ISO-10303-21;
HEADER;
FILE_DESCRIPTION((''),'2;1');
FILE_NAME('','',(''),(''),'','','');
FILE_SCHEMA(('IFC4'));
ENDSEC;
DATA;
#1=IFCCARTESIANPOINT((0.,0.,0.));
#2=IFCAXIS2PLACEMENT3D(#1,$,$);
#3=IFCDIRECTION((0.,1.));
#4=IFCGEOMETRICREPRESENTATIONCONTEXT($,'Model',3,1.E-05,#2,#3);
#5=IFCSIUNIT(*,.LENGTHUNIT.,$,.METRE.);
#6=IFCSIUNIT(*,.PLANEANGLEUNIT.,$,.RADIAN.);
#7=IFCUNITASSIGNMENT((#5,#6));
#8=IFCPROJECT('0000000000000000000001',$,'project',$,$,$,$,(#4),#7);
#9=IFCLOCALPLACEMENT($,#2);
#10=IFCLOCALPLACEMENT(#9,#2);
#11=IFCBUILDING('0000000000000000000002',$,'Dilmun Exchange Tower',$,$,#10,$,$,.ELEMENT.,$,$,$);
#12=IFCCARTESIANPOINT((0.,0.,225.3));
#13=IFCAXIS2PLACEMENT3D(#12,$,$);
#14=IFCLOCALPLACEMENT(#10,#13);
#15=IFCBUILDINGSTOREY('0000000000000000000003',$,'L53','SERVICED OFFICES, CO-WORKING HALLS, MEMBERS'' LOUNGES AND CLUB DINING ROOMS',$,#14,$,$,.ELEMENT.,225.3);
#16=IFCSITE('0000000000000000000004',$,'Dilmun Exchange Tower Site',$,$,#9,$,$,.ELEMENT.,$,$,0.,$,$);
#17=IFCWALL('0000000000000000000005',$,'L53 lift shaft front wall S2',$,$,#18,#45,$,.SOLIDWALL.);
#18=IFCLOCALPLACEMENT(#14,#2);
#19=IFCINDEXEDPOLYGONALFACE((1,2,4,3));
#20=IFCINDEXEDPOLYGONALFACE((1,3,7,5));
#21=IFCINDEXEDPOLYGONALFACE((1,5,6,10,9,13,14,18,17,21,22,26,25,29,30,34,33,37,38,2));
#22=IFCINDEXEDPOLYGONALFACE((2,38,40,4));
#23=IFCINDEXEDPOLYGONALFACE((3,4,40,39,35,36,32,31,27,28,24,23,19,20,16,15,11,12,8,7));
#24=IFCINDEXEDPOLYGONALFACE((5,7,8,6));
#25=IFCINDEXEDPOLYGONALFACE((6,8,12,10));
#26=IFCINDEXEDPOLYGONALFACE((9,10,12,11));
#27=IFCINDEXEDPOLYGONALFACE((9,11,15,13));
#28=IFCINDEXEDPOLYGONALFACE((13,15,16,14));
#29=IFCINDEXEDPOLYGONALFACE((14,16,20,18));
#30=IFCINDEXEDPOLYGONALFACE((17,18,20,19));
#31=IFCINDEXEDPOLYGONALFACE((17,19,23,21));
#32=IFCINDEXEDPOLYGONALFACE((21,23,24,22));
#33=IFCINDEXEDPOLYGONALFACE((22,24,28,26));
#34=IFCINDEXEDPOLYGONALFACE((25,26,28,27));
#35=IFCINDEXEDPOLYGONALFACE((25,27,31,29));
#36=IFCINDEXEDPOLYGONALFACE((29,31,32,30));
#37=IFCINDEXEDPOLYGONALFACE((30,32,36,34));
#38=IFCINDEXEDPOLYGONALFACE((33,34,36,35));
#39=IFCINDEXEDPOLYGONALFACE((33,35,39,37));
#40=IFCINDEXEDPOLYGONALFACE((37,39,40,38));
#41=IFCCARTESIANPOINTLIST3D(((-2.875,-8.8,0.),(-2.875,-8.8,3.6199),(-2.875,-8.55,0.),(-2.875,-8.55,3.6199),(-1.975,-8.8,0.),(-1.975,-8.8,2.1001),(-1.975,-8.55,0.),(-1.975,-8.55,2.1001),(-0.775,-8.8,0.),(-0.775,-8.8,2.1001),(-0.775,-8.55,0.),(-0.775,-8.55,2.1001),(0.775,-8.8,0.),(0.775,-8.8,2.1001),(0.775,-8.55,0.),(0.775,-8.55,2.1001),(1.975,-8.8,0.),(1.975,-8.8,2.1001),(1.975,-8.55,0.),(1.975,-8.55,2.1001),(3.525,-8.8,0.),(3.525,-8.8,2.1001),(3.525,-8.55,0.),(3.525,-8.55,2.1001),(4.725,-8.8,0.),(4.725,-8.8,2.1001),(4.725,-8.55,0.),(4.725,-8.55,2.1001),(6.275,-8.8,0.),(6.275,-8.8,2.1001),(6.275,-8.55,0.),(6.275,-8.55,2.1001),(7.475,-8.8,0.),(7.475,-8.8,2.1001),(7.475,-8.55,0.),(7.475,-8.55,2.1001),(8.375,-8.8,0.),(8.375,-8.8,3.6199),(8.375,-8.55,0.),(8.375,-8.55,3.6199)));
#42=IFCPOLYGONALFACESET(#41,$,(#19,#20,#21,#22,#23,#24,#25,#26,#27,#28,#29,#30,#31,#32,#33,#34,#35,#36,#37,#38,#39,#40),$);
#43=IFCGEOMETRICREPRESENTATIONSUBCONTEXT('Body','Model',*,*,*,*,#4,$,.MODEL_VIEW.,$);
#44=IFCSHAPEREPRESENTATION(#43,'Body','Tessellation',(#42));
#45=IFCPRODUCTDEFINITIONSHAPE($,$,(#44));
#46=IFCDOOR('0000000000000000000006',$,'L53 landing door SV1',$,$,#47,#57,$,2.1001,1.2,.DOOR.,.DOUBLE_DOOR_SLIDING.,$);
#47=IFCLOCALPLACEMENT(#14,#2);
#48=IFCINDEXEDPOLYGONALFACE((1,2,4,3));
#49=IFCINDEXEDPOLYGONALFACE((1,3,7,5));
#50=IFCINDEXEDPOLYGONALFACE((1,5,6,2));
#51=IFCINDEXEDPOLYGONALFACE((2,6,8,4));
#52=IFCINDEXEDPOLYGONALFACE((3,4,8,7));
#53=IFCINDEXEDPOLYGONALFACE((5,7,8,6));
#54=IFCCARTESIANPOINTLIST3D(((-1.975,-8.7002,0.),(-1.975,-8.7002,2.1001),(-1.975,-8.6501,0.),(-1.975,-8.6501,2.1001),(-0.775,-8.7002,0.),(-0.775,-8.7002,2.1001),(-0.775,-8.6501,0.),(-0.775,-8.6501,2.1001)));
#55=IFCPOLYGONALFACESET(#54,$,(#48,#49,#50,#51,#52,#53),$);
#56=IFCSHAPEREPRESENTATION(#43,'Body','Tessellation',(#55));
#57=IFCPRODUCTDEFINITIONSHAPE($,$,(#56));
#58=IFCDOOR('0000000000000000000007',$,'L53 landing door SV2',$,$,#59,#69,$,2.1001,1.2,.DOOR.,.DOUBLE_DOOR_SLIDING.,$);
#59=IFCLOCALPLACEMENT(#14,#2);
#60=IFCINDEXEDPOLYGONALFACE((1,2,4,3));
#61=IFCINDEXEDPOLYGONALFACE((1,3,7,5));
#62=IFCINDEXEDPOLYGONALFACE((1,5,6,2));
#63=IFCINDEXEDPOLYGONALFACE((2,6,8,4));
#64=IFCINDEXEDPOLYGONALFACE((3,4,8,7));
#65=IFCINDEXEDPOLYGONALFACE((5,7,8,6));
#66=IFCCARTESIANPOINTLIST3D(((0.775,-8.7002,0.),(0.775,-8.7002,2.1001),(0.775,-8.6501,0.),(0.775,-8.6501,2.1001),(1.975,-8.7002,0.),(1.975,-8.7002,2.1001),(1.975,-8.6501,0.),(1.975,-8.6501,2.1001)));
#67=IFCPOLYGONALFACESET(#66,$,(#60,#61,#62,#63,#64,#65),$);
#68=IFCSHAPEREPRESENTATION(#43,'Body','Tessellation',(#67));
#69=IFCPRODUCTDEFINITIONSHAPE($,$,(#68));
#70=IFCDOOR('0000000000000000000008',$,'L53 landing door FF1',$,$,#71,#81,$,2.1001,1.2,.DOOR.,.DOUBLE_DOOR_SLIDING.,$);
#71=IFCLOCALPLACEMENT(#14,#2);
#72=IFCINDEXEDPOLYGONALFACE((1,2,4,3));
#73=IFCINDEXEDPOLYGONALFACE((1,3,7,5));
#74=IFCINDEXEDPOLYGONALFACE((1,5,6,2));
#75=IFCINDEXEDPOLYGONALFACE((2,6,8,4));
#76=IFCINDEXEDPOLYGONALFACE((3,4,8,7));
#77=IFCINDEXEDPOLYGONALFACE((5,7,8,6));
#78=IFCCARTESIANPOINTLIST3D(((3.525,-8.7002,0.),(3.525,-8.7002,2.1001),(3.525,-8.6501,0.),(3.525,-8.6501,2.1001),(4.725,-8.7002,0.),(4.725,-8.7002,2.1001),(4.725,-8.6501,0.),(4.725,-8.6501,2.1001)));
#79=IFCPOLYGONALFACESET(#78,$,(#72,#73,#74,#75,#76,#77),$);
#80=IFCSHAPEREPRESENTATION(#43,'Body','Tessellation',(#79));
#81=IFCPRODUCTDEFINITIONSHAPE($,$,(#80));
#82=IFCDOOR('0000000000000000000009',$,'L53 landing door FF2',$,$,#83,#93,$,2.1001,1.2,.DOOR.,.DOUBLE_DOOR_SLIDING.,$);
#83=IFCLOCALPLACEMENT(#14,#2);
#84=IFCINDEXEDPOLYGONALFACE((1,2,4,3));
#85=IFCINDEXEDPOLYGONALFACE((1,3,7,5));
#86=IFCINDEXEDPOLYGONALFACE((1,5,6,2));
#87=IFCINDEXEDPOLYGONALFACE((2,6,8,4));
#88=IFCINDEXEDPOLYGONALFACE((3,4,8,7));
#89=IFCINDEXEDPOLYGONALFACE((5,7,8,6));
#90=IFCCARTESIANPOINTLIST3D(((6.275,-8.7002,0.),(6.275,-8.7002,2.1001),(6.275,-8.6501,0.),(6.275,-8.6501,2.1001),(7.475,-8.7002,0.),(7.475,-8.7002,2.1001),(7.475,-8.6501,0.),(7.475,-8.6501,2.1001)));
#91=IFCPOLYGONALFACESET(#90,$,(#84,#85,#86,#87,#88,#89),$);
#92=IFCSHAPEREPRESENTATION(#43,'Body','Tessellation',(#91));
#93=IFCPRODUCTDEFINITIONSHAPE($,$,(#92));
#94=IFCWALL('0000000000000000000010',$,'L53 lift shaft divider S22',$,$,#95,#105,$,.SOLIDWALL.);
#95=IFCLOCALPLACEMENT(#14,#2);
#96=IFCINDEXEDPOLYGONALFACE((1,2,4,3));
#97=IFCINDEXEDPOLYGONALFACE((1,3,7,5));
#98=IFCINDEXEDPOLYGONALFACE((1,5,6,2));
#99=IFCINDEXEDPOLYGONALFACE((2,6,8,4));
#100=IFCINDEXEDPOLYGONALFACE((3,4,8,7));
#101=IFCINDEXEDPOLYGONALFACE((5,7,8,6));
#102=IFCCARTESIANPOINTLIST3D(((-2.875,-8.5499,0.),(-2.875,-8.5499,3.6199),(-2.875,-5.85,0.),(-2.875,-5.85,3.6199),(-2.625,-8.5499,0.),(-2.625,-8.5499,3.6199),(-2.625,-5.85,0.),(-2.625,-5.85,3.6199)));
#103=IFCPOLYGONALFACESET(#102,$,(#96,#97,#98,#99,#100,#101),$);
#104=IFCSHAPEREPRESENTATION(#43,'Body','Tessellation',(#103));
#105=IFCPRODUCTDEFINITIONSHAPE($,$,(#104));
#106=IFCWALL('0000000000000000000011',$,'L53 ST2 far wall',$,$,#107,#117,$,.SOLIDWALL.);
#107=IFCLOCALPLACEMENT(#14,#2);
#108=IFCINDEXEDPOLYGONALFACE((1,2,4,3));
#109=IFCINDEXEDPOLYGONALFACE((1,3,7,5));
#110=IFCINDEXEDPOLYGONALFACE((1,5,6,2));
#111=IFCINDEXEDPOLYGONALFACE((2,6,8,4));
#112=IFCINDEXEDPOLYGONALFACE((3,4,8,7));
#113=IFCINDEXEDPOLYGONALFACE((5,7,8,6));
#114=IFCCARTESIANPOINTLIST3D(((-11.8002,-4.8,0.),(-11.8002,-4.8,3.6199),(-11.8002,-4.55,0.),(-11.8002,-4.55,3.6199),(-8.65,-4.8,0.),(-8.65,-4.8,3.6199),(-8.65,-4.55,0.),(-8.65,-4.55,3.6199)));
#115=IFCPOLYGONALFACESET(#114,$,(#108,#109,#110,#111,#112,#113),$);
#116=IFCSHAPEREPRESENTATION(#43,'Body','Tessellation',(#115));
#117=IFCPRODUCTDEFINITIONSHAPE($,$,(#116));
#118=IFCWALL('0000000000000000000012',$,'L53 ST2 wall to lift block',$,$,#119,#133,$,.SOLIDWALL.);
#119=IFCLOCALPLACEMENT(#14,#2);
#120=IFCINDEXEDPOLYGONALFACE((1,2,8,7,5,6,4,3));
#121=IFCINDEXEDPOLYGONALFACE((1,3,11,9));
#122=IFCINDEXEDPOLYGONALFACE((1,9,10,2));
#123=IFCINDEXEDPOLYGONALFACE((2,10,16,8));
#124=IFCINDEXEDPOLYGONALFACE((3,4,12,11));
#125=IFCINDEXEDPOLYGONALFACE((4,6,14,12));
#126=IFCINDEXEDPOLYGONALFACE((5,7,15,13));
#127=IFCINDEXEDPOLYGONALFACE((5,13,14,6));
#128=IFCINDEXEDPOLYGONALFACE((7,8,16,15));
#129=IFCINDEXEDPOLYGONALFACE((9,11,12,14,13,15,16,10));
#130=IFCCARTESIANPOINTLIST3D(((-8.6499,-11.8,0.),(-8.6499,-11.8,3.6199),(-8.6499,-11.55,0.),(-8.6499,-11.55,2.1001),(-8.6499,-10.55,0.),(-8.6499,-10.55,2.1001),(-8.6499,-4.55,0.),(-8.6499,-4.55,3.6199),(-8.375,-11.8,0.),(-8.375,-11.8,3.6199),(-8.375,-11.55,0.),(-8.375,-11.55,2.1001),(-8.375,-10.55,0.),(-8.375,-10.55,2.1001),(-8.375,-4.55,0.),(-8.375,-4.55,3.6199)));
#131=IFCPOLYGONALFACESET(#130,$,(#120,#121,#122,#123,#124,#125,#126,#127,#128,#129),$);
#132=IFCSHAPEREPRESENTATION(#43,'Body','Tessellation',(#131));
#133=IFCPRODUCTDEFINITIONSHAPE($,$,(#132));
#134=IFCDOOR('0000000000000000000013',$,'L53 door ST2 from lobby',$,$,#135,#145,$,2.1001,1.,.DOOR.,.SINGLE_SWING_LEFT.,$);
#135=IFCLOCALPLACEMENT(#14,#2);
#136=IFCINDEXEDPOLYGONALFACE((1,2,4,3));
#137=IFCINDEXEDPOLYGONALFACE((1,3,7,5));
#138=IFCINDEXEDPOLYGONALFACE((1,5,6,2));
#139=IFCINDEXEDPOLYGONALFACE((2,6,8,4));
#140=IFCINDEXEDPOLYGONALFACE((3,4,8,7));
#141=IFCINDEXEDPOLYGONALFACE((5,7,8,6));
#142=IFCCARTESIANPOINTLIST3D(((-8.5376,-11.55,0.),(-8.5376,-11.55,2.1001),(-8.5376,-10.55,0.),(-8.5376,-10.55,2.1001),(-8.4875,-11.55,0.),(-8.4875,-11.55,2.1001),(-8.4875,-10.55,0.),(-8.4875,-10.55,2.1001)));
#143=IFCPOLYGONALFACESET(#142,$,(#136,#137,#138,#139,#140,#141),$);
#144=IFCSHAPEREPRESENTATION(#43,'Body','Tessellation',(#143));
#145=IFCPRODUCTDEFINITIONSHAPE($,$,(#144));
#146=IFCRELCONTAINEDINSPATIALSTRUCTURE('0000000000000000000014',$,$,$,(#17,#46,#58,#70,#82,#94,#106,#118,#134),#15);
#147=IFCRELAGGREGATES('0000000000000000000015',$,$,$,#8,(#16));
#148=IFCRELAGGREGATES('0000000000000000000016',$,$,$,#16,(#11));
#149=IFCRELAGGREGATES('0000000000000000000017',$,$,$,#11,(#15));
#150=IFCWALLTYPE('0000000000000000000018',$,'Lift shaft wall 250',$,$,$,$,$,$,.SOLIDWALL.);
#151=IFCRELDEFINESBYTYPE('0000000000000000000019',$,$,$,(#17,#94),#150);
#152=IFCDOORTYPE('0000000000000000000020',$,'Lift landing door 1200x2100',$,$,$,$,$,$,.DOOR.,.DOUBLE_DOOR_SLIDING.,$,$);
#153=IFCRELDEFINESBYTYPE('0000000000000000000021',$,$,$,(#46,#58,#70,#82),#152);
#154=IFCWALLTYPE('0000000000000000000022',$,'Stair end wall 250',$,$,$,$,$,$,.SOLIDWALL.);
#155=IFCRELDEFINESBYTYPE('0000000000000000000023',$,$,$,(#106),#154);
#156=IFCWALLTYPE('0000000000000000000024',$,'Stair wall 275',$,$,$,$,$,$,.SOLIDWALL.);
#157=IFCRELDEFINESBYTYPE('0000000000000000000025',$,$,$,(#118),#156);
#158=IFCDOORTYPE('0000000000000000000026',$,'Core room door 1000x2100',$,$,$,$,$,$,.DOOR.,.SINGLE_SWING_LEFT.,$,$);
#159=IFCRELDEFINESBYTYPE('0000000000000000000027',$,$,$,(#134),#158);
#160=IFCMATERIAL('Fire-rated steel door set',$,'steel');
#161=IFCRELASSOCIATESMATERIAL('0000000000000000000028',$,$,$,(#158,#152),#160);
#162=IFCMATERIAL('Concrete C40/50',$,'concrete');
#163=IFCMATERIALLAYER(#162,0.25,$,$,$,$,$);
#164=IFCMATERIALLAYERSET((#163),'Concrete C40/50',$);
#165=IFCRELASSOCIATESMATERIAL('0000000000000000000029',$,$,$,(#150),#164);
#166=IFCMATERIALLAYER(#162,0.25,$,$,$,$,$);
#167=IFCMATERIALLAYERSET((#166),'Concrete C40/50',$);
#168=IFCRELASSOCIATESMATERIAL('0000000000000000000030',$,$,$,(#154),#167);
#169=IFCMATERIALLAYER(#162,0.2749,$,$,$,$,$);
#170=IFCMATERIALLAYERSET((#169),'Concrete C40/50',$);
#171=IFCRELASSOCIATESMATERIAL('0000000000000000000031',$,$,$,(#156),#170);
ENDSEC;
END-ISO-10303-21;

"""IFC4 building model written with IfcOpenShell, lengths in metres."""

from ifc_helpers import new_model, si_unit, direction, frame, frame_2d, origin, place, context, subcontext, project, spatial, rectangle, extrude, material, layer, layer_set, type_object, element, fill, save


model = new_model("IFC4")

# Units and contexts
model_context = context("Model", 3, precision=1e-05, world=origin(), true_north=direction((0.0, 1.0)))
body_context = subcontext(model_context, "Body", "Model", "MODEL_VIEW")
ifc_project = project(units=[si_unit("LENGTHUNIT", "METRE"), si_unit("PLANEANGLEUNIT", "RADIAN")], contexts=[model_context])

# Site, building, storey
site_placement = place(None, origin())
site = spatial("IfcSite", under=ifc_project, at=site_placement, Name="Dilmun Exchange Tower Site", CompositionType="ELEMENT", RefElevation=0.0)
building_placement = place(site_placement, origin())
building = spatial("IfcBuilding", under=site, at=building_placement, Name="Dilmun Exchange Tower", CompositionType="ELEMENT")
storey_placement = place(building_placement, frame((0.0, 0.0, 225.3)))
storey = spatial("IfcBuildingStorey", under=building, at=storey_placement, Name="L53", Description="SERVICED OFFICES, CO-WORKING HALLS, MEMBERS' LOUNGES AND CLUB DINING ROOMS", CompositionType="ELEMENT", Elevation=225.3)

# Shared definitions
ifc_material_1 = material(Name="Concrete C40/50", Category="concrete")

# Shared definitions
ifc_material_2 = material(Name="Fire-rated steel door set", Category="steel")

# Shared definitions
door_type_1 = type_object("IfcDoorType", Name="Core room door 1000x2100", OperationType="SINGLE_SWING_LEFT", PredefinedType="DOOR", material=ifc_material_2)

# Shared definitions
ifc_layer_1 = layer(ifc_material_1, 0.25)
ifc_layer_set_1 = layer_set([ifc_layer_1], Name="Concrete C40/50")
wall_type_1 = type_object("IfcWallType", Name="Lift shaft wall 250", PredefinedType="SOLIDWALL", material=ifc_layer_set_1)

# Wall, openings, doors
wall_1_placement = place(storey_placement, frame((-2.875, -8.675, 0.0), z_axis=(0.0, 0.0, 1.0), x_axis=(1.0, 0.0, 0.0)))
wall_1 = element("IfcWall", 1, at=wall_1_placement, inside=storey, type_object=wall_type_1, Name="L53 lift shaft front wall S2", PredefinedType="SOLIDWALL", context=body_context, shape_type="SweptSolid", body=[
    extrude(rectangle(XDim=11.25, YDim=0.25, at=frame_2d((5.625, 0.0))), origin(), (0.0, 0.0, 1.0), 3.6199),
])
opening_1_placement = place(wall_1_placement, frame((0.8999, 0.0, 0.0)))
opening_1 = element("IfcOpeningElement", 2, at=opening_1_placement, cuts=wall_1, PredefinedType="OPENING", context=body_context, shape_type="SweptSolid", body=[
    extrude(rectangle(XDim=1.2, YDim=2.1001, at=frame_2d((0.6001, 1.05))), frame((0.0, 0.135, 0.0), z_axis=(0.0, -1.0, 0.0), x_axis=(1.0, 0.0, 0.0)), (0.0, 0.0, 1.0), 0.27),
])
opening_2_placement = place(wall_1_placement, frame((3.6499, 0.0, 0.0)))
opening_2 = element("IfcOpeningElement", 3, at=opening_2_placement, cuts=wall_1, PredefinedType="OPENING", context=body_context, shape_type="SweptSolid", body=[
    extrude(rectangle(XDim=1.2, YDim=2.1001, at=frame_2d((0.6001, 1.05))), frame((0.0, 0.135, 0.0), z_axis=(0.0, -1.0, 0.0), x_axis=(1.0, 0.0, 0.0)), (0.0, 0.0, 1.0), 0.27),
])
opening_3_placement = place(wall_1_placement, frame((6.3999, 0.0, 0.0)))
opening_3 = element("IfcOpeningElement", 4, at=opening_3_placement, cuts=wall_1, PredefinedType="OPENING", context=body_context, shape_type="SweptSolid", body=[
    extrude(rectangle(XDim=1.2, YDim=2.1001, at=frame_2d((0.6001, 1.05))), frame((0.0, 0.135, 0.0), z_axis=(0.0, -1.0, 0.0), x_axis=(1.0, 0.0, 0.0)), (0.0, 0.0, 1.0), 0.27),
])
opening_4_placement = place(wall_1_placement, frame((9.1499, 0.0, 0.0)))
opening_4 = element("IfcOpeningElement", 5, at=opening_4_placement, cuts=wall_1, PredefinedType="OPENING", context=body_context, shape_type="SweptSolid", body=[
    extrude(rectangle(XDim=1.2, YDim=2.1001, at=frame_2d((0.6001, 1.05))), frame((0.0, 0.135, 0.0), z_axis=(0.0, -1.0, 0.0), x_axis=(1.0, 0.0, 0.0)), (0.0, 0.0, 1.0), 0.27),
])
door_type_2 = type_object("IfcDoorType", Name="Lift landing door 1200x2100", OperationType="DOUBLE_DOOR_SLIDING", PredefinedType="DOOR", material=ifc_material_2)
door_1_placement = place(opening_1_placement, origin())
door_1 = element("IfcDoor", 6, at=door_1_placement, inside=storey, type_object=door_type_2, Name="L53 landing door SV1", OperationType="DOUBLE_DOOR_SLIDING", OverallHeight=2.1001, OverallWidth=1.2, PredefinedType="DOOR", context=body_context, shape_type="SweptSolid", body=[
    extrude(rectangle(XDim=1.2, YDim=2.1001, at=frame_2d((0.6001, 1.05))), frame((0.0, 0.0249, 0.0), z_axis=(0.0, -1.0, 0.0), x_axis=(1.0, 0.0, 0.0)), (0.0, 0.0, 1.0), 0.05),
])
fill(opening_1, door_1)
door_2_placement = place(opening_2_placement, origin())
door_2 = element("IfcDoor", 7, at=door_2_placement, inside=storey, type_object=door_type_2, Name="L53 landing door SV2", OperationType="DOUBLE_DOOR_SLIDING", OverallHeight=2.1001, OverallWidth=1.2, PredefinedType="DOOR", context=body_context, shape_type="SweptSolid", body=[
    extrude(rectangle(XDim=1.2, YDim=2.1001, at=frame_2d((0.6001, 1.05))), frame((0.0, 0.0249, 0.0), z_axis=(0.0, -1.0, 0.0), x_axis=(1.0, 0.0, 0.0)), (0.0, 0.0, 1.0), 0.05),
])
fill(opening_2, door_2)
door_3_placement = place(opening_3_placement, origin())
door_3 = element("IfcDoor", 8, at=door_3_placement, inside=storey, type_object=door_type_2, Name="L53 landing door FF1", OperationType="DOUBLE_DOOR_SLIDING", OverallHeight=2.1001, OverallWidth=1.2, PredefinedType="DOOR", context=body_context, shape_type="SweptSolid", body=[
    extrude(rectangle(XDim=1.2, YDim=2.1001, at=frame_2d((0.6001, 1.05))), frame((0.0, 0.0249, 0.0), z_axis=(0.0, -1.0, 0.0), x_axis=(1.0, 0.0, 0.0)), (0.0, 0.0, 1.0), 0.05),
])
fill(opening_3, door_3)
door_4_placement = place(opening_4_placement, origin())
door_4 = element("IfcDoor", 9, at=door_4_placement, inside=storey, type_object=door_type_2, Name="L53 landing door FF2", OperationType="DOUBLE_DOOR_SLIDING", OverallHeight=2.1001, OverallWidth=1.2, PredefinedType="DOOR", context=body_context, shape_type="SweptSolid", body=[
    extrude(rectangle(XDim=1.2, YDim=2.1001, at=frame_2d((0.6001, 1.05))), frame((0.0, 0.0249, 0.0), z_axis=(0.0, -1.0, 0.0), x_axis=(1.0, 0.0, 0.0)), (0.0, 0.0, 1.0), 0.05),
])
fill(opening_4, door_4)

# Walls
wall_2_placement = place(storey_placement, frame((-2.75, -8.55, 0.0), z_axis=(0.0, 0.0, 1.0), x_axis=(0.0, 1.0, 0.0)))
element("IfcWall", 10, at=wall_2_placement, inside=storey, type_object=wall_type_1, Name="L53 lift shaft divider S22", PredefinedType="SOLIDWALL", context=body_context, shape_type="SweptSolid", body=[
    extrude(rectangle(XDim=2.7, YDim=0.25, at=frame_2d((1.3501, 0.0))), origin(), (0.0, 0.0, 1.0), 3.6199),
])
ifc_layer_2 = layer(ifc_material_1, 0.25)
ifc_layer_set_2 = layer_set([ifc_layer_2], Name="Concrete C40/50")
wall_type_2 = type_object("IfcWallType", Name="Stair end wall 250", PredefinedType="SOLIDWALL", material=ifc_layer_set_2)
wall_3_placement = place(storey_placement, frame((-8.6499, -4.675, 0.0), z_axis=(0.0, 0.0, 1.0), x_axis=(-1.0, 0.0, 0.0)))
element("IfcWall", 11, at=wall_3_placement, inside=storey, type_object=wall_type_2, Name="L53 ST2 far wall", PredefinedType="SOLIDWALL", context=body_context, shape_type="SweptSolid", body=[
    extrude(rectangle(XDim=3.1501, YDim=0.25, at=frame_2d((1.5752, 0.0))), origin(), (0.0, 0.0, 1.0), 3.6199),
])

# Wall, opening, door
ifc_layer_3 = layer(ifc_material_1, 0.2749)
ifc_layer_set_3 = layer_set([ifc_layer_3], Name="Concrete C40/50")
wall_type_3 = type_object("IfcWallType", Name="Stair wall 275", PredefinedType="SOLIDWALL", material=ifc_layer_set_3)
wall_4_placement = place(storey_placement, frame((-8.5125, -4.55, 0.0), z_axis=(0.0, 0.0, 1.0), x_axis=(0.0, -1.0, 0.0)))
wall_4 = element("IfcWall", 12, at=wall_4_placement, inside=storey, type_object=wall_type_3, Name="L53 ST2 wall to lift block", PredefinedType="SOLIDWALL", context=body_context, shape_type="SweptSolid", body=[
    extrude(rectangle(XDim=7.25, YDim=0.2749, at=frame_2d((3.625, 0.0))), origin(), (0.0, 0.0, 1.0), 3.6199),
])
opening_5_placement = place(wall_4_placement, frame((6.0, 0.0, 0.0)))
opening_5 = element("IfcOpeningElement", 13, at=opening_5_placement, cuts=wall_4, PredefinedType="OPENING", context=body_context, shape_type="SweptSolid", body=[
    extrude(rectangle(XDim=1.0, YDim=2.1001, at=frame_2d((0.5, 1.05))), frame((0.0, 0.1475, 0.0), z_axis=(0.0, -1.0, 0.0), x_axis=(1.0, 0.0, 0.0)), (0.0, 0.0, 1.0), 0.2949),
])
door_5_placement = place(opening_5_placement, origin())
door_5 = element("IfcDoor", 14, at=door_5_placement, inside=storey, type_object=door_type_1, Name="L53 door ST2 from lobby", OperationType="SINGLE_SWING_LEFT", OverallHeight=2.1001, OverallWidth=1.0, PredefinedType="DOOR", context=body_context, shape_type="SweptSolid", body=[
    extrude(rectangle(XDim=1.0, YDim=2.1001, at=frame_2d((0.5, 1.05))), frame((0.0, 0.0249, 0.0), z_axis=(0.0, -1.0, 0.0), x_axis=(1.0, 0.0, 0.0)), (0.0, 0.0, 1.0), 0.05),
])
fill(opening_5, door_5)

save(model, "model.ifc")
